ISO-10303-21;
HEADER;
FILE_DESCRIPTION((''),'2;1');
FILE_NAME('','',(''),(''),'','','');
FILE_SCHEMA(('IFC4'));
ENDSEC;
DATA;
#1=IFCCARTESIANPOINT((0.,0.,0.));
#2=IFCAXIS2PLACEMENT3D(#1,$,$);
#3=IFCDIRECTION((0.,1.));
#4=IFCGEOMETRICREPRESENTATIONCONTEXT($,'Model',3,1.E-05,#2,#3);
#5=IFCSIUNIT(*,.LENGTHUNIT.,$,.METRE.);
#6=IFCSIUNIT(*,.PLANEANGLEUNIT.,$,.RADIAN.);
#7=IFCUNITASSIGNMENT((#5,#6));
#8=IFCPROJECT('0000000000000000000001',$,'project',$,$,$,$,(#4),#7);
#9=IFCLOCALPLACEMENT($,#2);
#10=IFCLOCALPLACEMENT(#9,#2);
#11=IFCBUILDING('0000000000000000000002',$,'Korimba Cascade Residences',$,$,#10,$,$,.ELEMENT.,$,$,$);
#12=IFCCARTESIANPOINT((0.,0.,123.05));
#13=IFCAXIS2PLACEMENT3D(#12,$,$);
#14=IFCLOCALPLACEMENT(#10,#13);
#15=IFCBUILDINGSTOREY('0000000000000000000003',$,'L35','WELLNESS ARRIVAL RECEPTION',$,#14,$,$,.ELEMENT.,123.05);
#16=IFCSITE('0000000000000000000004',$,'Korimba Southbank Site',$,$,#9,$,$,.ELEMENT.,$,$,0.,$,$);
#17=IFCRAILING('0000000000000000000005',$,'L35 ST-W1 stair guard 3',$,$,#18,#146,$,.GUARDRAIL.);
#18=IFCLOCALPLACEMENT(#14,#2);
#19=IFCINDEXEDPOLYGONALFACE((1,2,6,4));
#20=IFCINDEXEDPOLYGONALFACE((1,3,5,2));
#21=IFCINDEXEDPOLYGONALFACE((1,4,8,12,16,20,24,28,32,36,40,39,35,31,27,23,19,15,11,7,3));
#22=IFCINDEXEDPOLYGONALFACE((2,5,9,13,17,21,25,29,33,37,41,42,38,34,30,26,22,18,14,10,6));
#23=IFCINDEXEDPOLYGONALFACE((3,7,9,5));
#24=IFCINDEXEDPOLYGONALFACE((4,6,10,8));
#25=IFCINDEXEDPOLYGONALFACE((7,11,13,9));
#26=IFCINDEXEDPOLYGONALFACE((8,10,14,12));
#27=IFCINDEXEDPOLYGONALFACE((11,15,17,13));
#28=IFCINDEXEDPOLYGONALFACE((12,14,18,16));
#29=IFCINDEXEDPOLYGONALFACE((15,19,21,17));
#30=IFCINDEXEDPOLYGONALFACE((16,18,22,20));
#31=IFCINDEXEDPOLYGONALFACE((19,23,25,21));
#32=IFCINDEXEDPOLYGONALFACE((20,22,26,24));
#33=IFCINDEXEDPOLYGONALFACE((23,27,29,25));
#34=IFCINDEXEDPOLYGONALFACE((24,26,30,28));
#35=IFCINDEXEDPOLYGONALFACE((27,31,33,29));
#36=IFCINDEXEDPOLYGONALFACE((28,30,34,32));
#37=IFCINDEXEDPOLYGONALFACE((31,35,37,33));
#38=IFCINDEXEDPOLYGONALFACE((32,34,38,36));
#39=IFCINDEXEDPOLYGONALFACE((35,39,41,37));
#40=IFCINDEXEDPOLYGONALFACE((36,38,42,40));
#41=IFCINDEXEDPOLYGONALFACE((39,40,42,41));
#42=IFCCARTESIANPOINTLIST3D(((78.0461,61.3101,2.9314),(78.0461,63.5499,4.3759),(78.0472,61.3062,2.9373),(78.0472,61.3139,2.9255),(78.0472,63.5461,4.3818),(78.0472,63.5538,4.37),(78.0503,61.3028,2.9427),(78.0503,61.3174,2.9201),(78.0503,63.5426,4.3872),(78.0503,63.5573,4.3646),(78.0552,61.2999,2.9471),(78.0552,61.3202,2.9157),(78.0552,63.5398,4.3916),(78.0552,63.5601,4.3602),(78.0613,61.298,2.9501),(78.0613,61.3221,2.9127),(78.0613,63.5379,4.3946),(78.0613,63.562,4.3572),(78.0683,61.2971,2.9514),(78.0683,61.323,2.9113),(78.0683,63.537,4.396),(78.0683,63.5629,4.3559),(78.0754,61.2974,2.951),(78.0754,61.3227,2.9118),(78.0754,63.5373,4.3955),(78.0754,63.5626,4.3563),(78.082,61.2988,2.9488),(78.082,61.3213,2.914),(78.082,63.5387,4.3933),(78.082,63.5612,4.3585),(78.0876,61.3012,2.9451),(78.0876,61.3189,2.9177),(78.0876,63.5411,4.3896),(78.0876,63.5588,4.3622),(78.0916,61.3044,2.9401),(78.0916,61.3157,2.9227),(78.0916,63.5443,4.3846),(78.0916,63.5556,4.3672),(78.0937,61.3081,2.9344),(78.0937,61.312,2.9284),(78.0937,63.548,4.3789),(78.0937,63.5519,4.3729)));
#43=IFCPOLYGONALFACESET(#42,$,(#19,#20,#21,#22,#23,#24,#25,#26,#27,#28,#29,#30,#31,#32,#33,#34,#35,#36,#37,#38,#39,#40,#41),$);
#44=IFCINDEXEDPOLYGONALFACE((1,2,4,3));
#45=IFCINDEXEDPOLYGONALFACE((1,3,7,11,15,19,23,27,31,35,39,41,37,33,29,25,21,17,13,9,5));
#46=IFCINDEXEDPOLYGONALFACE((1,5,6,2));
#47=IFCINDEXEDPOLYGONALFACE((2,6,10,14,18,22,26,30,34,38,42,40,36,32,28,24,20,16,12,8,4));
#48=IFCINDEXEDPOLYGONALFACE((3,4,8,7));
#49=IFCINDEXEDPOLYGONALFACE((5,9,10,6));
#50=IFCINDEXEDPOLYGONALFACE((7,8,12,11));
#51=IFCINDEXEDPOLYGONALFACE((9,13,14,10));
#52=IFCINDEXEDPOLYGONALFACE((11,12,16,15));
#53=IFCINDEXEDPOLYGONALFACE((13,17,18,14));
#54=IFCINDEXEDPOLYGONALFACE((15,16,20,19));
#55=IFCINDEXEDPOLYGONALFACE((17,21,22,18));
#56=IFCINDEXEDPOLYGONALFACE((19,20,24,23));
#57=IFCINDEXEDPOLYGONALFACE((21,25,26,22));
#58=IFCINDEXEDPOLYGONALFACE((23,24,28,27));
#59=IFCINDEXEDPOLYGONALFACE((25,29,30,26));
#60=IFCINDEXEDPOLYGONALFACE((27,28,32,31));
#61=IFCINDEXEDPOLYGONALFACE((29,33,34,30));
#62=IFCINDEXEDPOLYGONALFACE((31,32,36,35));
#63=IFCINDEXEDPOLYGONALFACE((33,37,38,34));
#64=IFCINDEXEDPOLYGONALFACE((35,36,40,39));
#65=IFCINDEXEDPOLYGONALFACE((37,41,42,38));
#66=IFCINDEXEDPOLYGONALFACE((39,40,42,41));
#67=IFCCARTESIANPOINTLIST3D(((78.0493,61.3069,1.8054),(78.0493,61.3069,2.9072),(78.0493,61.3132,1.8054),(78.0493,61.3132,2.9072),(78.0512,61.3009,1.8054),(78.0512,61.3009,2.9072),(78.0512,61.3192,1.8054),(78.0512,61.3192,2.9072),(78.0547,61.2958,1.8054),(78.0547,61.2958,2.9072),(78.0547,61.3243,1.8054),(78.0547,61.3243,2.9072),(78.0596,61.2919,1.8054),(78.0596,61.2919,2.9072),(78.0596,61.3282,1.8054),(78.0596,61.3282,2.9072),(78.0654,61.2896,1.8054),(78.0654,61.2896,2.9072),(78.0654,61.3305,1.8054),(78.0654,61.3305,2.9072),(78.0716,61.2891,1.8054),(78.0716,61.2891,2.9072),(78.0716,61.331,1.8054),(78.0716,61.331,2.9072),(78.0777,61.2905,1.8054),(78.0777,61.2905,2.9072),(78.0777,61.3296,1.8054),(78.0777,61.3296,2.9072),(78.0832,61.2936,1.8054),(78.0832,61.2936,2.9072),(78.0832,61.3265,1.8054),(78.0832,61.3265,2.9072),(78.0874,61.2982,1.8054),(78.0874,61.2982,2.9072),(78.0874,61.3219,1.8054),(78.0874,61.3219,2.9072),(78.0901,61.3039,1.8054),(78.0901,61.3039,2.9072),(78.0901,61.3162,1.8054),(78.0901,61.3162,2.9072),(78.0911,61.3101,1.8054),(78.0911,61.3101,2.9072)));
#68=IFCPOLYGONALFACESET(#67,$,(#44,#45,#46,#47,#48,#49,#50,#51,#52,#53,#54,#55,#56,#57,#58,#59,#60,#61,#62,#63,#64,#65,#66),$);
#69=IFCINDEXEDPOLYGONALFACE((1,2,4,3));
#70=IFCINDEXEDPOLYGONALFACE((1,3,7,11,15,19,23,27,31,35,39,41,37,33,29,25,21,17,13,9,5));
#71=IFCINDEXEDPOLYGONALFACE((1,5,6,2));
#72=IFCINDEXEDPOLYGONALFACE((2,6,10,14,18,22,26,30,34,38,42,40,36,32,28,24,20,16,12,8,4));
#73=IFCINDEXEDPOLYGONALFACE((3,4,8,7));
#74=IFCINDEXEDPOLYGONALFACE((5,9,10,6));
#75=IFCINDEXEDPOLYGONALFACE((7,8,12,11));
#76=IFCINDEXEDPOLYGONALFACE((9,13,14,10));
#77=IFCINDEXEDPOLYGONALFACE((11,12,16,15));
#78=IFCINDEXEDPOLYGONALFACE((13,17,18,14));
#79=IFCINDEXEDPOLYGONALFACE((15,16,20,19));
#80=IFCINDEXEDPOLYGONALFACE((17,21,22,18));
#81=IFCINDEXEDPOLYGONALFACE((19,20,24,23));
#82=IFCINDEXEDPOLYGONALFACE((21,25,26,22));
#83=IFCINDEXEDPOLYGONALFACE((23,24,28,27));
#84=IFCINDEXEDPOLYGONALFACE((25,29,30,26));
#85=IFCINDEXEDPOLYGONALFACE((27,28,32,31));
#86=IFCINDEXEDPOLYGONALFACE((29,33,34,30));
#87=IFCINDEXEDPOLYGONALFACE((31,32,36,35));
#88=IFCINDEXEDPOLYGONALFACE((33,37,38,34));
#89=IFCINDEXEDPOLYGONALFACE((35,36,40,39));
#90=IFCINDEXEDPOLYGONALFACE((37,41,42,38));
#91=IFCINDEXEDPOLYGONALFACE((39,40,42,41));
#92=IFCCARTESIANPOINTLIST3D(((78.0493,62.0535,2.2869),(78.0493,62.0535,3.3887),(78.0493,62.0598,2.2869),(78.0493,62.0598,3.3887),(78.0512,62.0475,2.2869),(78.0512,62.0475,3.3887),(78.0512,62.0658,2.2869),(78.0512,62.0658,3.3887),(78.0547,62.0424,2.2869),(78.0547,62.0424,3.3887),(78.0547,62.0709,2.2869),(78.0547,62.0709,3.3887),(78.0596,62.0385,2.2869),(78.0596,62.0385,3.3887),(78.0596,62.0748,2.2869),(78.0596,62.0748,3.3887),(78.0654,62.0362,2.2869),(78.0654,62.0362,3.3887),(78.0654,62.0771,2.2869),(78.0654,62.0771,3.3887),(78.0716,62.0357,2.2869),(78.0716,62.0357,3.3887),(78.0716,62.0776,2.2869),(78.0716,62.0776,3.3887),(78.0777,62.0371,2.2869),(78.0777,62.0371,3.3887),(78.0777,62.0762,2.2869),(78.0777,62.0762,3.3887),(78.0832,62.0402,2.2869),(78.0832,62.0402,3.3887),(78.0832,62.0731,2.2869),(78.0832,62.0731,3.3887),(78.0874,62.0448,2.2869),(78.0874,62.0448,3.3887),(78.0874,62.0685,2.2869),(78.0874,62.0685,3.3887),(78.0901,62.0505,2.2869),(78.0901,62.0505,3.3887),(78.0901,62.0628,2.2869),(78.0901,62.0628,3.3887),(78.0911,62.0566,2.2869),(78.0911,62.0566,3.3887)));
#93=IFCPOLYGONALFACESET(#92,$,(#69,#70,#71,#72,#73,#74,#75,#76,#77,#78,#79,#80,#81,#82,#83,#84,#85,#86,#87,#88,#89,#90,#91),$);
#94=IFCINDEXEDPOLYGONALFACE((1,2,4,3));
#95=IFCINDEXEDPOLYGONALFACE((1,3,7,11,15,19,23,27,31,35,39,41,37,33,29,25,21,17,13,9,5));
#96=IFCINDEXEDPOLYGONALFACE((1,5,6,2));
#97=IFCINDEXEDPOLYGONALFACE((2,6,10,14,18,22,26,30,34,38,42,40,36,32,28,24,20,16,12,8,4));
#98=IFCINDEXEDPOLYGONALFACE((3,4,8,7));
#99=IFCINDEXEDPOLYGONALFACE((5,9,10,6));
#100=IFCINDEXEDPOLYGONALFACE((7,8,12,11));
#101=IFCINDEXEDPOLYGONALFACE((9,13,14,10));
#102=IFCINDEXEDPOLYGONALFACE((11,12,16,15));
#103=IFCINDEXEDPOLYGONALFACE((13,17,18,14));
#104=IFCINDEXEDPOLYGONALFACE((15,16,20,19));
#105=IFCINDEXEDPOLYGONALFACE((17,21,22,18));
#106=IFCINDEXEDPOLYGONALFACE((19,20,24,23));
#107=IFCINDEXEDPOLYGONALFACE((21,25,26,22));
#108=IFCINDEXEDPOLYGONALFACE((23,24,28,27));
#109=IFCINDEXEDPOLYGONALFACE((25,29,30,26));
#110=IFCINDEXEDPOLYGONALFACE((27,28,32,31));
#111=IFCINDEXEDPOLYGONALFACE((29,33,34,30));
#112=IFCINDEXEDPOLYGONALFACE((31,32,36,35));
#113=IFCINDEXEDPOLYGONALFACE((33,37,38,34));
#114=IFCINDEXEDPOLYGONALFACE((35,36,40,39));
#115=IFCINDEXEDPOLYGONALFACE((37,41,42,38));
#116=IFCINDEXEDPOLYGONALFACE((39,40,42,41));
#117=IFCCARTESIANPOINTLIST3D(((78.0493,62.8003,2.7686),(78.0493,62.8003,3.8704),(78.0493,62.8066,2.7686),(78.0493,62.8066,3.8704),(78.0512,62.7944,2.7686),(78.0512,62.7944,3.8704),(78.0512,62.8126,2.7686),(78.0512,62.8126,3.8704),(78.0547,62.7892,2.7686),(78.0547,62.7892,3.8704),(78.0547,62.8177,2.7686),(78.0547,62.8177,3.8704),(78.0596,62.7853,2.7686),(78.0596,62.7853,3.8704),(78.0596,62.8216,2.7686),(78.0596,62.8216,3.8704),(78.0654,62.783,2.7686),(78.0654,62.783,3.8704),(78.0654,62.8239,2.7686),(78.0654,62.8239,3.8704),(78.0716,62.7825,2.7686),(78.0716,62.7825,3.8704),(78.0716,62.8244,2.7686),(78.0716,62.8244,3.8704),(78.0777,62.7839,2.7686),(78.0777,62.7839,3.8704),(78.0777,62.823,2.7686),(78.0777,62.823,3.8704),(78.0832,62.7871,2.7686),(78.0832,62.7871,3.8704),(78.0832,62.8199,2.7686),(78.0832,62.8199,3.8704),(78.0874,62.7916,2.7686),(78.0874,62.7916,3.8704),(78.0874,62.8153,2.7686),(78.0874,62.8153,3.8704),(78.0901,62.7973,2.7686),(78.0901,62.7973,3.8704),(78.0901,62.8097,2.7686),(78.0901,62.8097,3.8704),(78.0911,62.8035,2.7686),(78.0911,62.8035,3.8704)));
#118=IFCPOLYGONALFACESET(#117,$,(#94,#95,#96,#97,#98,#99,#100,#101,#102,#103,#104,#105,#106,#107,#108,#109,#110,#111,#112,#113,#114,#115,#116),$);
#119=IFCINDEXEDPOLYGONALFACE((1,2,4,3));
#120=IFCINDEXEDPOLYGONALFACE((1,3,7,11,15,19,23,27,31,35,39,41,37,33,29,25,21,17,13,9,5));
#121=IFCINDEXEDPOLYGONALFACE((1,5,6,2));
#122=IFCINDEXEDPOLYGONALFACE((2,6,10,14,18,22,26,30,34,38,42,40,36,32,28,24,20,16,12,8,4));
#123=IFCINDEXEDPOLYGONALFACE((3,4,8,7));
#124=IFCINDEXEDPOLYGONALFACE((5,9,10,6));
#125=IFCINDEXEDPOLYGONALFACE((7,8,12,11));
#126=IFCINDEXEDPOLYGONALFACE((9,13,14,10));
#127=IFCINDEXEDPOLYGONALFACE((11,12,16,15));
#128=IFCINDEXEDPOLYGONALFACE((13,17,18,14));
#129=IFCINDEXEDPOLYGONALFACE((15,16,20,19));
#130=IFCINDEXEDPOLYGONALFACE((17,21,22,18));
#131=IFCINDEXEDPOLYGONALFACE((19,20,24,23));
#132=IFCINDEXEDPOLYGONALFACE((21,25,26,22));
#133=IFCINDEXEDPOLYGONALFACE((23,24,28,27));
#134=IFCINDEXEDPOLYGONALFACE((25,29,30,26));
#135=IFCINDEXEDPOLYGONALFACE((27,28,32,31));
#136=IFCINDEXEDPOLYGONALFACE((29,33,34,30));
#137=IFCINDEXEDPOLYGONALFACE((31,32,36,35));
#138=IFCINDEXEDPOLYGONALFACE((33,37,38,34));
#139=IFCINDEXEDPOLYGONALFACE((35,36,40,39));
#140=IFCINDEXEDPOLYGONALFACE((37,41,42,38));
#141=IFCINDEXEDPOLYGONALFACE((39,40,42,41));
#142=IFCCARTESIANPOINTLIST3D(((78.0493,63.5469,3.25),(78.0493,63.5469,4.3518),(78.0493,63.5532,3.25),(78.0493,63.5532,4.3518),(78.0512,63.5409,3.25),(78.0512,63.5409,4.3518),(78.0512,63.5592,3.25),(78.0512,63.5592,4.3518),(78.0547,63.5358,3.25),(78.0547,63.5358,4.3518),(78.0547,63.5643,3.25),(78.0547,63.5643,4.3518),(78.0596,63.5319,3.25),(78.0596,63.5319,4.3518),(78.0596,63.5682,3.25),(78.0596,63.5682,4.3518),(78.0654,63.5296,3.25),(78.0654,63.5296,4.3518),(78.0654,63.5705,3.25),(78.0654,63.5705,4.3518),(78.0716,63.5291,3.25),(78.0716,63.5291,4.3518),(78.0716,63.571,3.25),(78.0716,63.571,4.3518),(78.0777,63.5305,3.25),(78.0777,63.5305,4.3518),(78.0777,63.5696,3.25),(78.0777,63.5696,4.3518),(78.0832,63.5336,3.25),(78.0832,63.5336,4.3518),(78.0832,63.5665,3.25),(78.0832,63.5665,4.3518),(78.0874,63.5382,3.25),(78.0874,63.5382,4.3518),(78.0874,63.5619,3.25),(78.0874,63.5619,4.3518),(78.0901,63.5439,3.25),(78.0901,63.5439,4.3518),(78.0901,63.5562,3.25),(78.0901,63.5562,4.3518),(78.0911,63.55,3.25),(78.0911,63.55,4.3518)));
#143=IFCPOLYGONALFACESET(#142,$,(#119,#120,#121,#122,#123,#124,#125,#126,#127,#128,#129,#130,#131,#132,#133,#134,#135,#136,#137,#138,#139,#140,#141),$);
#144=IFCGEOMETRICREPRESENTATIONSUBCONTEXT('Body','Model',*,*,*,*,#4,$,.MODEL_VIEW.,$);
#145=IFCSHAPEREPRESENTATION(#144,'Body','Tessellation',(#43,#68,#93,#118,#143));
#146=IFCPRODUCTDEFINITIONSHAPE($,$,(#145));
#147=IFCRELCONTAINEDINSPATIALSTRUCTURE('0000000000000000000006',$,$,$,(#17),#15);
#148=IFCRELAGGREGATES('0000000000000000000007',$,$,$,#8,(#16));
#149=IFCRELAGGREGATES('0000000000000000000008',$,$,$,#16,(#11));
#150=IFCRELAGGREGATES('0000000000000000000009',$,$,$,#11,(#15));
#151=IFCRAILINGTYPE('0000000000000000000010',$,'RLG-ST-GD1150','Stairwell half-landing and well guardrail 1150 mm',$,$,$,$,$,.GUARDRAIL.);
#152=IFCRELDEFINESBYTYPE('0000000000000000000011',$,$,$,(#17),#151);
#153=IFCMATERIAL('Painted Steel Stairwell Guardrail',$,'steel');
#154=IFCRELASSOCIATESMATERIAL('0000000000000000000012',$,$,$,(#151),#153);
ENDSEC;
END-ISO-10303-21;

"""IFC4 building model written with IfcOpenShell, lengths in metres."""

from ifc_helpers import new_model, si_unit, direction, frame, origin, origin_2d, place, context, subcontext, project, spatial, circle, extrude, material, type_object, element, save


model = new_model("IFC4")

# Units and contexts
model_context = context("Model", 3, precision=1e-05, world=origin(), true_north=direction((0.0, 1.0)))
body_context = subcontext(model_context, "Body", "Model", "MODEL_VIEW")
ifc_project = project(units=[si_unit("LENGTHUNIT", "METRE"), si_unit("PLANEANGLEUNIT", "RADIAN")], contexts=[model_context])

# Site, building, storey
site_placement = place(None, origin())
site = spatial("IfcSite", under=ifc_project, at=site_placement, Name="Korimba Southbank Site", CompositionType="ELEMENT", RefElevation=0.0)
building_placement = place(site_placement, origin())
building = spatial("IfcBuilding", under=site, at=building_placement, Name="Korimba Cascade Residences", CompositionType="ELEMENT")
storey_placement = place(building_placement, frame((0.0, 0.0, 123.05)))
storey = spatial("IfcBuildingStorey", under=building, at=storey_placement, Name="L35", Description="WELLNESS ARRIVAL RECEPTION", CompositionType="ELEMENT", Elevation=123.05)

# Railing
ifc_material_1 = material(Name="Painted Steel Stairwell Guardrail", Category="steel")
railing_type_1 = type_object("IfcRailingType", Name="RLG-ST-GD1150", Description="Stairwell half-landing and well guardrail 1150 mm", PredefinedType="GUARDRAIL", material=ifc_material_1)
railing_1_placement = place(storey_placement, frame((78.0701, 61.3101, 1.8054)))
element("IfcRailing", 1, at=railing_1_placement, inside=storey, type_object=railing_type_1, Name="L35 ST-W1 stair guard 3", PredefinedType="GUARDRAIL", context=body_context, shape_type="SweptSolid", body=[
    extrude(circle(Radius=0.0239, at=origin_2d()), frame((0.0, 0.0, 1.126), z_axis=(0.0, 0.840395, 0.541975), x_axis=(-1.0, 0.0, 0.0)), (0.0, 0.0, 1.0), 2.6653),
    extrude(circle(Radius=0.021, at=origin_2d()), origin(), (0.0, 0.0, 1.0), 1.1018),
    extrude(circle(Radius=0.021, at=origin_2d()), frame((0.0, 0.7466, 0.4814)), (0.0, 0.0, 1.0), 1.1018),
    extrude(circle(Radius=0.021, at=origin_2d()), frame((0.0, 1.4934, 0.9631)), (0.0, 0.0, 1.0), 1.1018),
    extrude(circle(Radius=0.021, at=origin_2d()), frame((0.0, 2.24, 1.4446)), (0.0, 0.0, 1.0), 1.1018),
])

save(model, "model.ifc")
